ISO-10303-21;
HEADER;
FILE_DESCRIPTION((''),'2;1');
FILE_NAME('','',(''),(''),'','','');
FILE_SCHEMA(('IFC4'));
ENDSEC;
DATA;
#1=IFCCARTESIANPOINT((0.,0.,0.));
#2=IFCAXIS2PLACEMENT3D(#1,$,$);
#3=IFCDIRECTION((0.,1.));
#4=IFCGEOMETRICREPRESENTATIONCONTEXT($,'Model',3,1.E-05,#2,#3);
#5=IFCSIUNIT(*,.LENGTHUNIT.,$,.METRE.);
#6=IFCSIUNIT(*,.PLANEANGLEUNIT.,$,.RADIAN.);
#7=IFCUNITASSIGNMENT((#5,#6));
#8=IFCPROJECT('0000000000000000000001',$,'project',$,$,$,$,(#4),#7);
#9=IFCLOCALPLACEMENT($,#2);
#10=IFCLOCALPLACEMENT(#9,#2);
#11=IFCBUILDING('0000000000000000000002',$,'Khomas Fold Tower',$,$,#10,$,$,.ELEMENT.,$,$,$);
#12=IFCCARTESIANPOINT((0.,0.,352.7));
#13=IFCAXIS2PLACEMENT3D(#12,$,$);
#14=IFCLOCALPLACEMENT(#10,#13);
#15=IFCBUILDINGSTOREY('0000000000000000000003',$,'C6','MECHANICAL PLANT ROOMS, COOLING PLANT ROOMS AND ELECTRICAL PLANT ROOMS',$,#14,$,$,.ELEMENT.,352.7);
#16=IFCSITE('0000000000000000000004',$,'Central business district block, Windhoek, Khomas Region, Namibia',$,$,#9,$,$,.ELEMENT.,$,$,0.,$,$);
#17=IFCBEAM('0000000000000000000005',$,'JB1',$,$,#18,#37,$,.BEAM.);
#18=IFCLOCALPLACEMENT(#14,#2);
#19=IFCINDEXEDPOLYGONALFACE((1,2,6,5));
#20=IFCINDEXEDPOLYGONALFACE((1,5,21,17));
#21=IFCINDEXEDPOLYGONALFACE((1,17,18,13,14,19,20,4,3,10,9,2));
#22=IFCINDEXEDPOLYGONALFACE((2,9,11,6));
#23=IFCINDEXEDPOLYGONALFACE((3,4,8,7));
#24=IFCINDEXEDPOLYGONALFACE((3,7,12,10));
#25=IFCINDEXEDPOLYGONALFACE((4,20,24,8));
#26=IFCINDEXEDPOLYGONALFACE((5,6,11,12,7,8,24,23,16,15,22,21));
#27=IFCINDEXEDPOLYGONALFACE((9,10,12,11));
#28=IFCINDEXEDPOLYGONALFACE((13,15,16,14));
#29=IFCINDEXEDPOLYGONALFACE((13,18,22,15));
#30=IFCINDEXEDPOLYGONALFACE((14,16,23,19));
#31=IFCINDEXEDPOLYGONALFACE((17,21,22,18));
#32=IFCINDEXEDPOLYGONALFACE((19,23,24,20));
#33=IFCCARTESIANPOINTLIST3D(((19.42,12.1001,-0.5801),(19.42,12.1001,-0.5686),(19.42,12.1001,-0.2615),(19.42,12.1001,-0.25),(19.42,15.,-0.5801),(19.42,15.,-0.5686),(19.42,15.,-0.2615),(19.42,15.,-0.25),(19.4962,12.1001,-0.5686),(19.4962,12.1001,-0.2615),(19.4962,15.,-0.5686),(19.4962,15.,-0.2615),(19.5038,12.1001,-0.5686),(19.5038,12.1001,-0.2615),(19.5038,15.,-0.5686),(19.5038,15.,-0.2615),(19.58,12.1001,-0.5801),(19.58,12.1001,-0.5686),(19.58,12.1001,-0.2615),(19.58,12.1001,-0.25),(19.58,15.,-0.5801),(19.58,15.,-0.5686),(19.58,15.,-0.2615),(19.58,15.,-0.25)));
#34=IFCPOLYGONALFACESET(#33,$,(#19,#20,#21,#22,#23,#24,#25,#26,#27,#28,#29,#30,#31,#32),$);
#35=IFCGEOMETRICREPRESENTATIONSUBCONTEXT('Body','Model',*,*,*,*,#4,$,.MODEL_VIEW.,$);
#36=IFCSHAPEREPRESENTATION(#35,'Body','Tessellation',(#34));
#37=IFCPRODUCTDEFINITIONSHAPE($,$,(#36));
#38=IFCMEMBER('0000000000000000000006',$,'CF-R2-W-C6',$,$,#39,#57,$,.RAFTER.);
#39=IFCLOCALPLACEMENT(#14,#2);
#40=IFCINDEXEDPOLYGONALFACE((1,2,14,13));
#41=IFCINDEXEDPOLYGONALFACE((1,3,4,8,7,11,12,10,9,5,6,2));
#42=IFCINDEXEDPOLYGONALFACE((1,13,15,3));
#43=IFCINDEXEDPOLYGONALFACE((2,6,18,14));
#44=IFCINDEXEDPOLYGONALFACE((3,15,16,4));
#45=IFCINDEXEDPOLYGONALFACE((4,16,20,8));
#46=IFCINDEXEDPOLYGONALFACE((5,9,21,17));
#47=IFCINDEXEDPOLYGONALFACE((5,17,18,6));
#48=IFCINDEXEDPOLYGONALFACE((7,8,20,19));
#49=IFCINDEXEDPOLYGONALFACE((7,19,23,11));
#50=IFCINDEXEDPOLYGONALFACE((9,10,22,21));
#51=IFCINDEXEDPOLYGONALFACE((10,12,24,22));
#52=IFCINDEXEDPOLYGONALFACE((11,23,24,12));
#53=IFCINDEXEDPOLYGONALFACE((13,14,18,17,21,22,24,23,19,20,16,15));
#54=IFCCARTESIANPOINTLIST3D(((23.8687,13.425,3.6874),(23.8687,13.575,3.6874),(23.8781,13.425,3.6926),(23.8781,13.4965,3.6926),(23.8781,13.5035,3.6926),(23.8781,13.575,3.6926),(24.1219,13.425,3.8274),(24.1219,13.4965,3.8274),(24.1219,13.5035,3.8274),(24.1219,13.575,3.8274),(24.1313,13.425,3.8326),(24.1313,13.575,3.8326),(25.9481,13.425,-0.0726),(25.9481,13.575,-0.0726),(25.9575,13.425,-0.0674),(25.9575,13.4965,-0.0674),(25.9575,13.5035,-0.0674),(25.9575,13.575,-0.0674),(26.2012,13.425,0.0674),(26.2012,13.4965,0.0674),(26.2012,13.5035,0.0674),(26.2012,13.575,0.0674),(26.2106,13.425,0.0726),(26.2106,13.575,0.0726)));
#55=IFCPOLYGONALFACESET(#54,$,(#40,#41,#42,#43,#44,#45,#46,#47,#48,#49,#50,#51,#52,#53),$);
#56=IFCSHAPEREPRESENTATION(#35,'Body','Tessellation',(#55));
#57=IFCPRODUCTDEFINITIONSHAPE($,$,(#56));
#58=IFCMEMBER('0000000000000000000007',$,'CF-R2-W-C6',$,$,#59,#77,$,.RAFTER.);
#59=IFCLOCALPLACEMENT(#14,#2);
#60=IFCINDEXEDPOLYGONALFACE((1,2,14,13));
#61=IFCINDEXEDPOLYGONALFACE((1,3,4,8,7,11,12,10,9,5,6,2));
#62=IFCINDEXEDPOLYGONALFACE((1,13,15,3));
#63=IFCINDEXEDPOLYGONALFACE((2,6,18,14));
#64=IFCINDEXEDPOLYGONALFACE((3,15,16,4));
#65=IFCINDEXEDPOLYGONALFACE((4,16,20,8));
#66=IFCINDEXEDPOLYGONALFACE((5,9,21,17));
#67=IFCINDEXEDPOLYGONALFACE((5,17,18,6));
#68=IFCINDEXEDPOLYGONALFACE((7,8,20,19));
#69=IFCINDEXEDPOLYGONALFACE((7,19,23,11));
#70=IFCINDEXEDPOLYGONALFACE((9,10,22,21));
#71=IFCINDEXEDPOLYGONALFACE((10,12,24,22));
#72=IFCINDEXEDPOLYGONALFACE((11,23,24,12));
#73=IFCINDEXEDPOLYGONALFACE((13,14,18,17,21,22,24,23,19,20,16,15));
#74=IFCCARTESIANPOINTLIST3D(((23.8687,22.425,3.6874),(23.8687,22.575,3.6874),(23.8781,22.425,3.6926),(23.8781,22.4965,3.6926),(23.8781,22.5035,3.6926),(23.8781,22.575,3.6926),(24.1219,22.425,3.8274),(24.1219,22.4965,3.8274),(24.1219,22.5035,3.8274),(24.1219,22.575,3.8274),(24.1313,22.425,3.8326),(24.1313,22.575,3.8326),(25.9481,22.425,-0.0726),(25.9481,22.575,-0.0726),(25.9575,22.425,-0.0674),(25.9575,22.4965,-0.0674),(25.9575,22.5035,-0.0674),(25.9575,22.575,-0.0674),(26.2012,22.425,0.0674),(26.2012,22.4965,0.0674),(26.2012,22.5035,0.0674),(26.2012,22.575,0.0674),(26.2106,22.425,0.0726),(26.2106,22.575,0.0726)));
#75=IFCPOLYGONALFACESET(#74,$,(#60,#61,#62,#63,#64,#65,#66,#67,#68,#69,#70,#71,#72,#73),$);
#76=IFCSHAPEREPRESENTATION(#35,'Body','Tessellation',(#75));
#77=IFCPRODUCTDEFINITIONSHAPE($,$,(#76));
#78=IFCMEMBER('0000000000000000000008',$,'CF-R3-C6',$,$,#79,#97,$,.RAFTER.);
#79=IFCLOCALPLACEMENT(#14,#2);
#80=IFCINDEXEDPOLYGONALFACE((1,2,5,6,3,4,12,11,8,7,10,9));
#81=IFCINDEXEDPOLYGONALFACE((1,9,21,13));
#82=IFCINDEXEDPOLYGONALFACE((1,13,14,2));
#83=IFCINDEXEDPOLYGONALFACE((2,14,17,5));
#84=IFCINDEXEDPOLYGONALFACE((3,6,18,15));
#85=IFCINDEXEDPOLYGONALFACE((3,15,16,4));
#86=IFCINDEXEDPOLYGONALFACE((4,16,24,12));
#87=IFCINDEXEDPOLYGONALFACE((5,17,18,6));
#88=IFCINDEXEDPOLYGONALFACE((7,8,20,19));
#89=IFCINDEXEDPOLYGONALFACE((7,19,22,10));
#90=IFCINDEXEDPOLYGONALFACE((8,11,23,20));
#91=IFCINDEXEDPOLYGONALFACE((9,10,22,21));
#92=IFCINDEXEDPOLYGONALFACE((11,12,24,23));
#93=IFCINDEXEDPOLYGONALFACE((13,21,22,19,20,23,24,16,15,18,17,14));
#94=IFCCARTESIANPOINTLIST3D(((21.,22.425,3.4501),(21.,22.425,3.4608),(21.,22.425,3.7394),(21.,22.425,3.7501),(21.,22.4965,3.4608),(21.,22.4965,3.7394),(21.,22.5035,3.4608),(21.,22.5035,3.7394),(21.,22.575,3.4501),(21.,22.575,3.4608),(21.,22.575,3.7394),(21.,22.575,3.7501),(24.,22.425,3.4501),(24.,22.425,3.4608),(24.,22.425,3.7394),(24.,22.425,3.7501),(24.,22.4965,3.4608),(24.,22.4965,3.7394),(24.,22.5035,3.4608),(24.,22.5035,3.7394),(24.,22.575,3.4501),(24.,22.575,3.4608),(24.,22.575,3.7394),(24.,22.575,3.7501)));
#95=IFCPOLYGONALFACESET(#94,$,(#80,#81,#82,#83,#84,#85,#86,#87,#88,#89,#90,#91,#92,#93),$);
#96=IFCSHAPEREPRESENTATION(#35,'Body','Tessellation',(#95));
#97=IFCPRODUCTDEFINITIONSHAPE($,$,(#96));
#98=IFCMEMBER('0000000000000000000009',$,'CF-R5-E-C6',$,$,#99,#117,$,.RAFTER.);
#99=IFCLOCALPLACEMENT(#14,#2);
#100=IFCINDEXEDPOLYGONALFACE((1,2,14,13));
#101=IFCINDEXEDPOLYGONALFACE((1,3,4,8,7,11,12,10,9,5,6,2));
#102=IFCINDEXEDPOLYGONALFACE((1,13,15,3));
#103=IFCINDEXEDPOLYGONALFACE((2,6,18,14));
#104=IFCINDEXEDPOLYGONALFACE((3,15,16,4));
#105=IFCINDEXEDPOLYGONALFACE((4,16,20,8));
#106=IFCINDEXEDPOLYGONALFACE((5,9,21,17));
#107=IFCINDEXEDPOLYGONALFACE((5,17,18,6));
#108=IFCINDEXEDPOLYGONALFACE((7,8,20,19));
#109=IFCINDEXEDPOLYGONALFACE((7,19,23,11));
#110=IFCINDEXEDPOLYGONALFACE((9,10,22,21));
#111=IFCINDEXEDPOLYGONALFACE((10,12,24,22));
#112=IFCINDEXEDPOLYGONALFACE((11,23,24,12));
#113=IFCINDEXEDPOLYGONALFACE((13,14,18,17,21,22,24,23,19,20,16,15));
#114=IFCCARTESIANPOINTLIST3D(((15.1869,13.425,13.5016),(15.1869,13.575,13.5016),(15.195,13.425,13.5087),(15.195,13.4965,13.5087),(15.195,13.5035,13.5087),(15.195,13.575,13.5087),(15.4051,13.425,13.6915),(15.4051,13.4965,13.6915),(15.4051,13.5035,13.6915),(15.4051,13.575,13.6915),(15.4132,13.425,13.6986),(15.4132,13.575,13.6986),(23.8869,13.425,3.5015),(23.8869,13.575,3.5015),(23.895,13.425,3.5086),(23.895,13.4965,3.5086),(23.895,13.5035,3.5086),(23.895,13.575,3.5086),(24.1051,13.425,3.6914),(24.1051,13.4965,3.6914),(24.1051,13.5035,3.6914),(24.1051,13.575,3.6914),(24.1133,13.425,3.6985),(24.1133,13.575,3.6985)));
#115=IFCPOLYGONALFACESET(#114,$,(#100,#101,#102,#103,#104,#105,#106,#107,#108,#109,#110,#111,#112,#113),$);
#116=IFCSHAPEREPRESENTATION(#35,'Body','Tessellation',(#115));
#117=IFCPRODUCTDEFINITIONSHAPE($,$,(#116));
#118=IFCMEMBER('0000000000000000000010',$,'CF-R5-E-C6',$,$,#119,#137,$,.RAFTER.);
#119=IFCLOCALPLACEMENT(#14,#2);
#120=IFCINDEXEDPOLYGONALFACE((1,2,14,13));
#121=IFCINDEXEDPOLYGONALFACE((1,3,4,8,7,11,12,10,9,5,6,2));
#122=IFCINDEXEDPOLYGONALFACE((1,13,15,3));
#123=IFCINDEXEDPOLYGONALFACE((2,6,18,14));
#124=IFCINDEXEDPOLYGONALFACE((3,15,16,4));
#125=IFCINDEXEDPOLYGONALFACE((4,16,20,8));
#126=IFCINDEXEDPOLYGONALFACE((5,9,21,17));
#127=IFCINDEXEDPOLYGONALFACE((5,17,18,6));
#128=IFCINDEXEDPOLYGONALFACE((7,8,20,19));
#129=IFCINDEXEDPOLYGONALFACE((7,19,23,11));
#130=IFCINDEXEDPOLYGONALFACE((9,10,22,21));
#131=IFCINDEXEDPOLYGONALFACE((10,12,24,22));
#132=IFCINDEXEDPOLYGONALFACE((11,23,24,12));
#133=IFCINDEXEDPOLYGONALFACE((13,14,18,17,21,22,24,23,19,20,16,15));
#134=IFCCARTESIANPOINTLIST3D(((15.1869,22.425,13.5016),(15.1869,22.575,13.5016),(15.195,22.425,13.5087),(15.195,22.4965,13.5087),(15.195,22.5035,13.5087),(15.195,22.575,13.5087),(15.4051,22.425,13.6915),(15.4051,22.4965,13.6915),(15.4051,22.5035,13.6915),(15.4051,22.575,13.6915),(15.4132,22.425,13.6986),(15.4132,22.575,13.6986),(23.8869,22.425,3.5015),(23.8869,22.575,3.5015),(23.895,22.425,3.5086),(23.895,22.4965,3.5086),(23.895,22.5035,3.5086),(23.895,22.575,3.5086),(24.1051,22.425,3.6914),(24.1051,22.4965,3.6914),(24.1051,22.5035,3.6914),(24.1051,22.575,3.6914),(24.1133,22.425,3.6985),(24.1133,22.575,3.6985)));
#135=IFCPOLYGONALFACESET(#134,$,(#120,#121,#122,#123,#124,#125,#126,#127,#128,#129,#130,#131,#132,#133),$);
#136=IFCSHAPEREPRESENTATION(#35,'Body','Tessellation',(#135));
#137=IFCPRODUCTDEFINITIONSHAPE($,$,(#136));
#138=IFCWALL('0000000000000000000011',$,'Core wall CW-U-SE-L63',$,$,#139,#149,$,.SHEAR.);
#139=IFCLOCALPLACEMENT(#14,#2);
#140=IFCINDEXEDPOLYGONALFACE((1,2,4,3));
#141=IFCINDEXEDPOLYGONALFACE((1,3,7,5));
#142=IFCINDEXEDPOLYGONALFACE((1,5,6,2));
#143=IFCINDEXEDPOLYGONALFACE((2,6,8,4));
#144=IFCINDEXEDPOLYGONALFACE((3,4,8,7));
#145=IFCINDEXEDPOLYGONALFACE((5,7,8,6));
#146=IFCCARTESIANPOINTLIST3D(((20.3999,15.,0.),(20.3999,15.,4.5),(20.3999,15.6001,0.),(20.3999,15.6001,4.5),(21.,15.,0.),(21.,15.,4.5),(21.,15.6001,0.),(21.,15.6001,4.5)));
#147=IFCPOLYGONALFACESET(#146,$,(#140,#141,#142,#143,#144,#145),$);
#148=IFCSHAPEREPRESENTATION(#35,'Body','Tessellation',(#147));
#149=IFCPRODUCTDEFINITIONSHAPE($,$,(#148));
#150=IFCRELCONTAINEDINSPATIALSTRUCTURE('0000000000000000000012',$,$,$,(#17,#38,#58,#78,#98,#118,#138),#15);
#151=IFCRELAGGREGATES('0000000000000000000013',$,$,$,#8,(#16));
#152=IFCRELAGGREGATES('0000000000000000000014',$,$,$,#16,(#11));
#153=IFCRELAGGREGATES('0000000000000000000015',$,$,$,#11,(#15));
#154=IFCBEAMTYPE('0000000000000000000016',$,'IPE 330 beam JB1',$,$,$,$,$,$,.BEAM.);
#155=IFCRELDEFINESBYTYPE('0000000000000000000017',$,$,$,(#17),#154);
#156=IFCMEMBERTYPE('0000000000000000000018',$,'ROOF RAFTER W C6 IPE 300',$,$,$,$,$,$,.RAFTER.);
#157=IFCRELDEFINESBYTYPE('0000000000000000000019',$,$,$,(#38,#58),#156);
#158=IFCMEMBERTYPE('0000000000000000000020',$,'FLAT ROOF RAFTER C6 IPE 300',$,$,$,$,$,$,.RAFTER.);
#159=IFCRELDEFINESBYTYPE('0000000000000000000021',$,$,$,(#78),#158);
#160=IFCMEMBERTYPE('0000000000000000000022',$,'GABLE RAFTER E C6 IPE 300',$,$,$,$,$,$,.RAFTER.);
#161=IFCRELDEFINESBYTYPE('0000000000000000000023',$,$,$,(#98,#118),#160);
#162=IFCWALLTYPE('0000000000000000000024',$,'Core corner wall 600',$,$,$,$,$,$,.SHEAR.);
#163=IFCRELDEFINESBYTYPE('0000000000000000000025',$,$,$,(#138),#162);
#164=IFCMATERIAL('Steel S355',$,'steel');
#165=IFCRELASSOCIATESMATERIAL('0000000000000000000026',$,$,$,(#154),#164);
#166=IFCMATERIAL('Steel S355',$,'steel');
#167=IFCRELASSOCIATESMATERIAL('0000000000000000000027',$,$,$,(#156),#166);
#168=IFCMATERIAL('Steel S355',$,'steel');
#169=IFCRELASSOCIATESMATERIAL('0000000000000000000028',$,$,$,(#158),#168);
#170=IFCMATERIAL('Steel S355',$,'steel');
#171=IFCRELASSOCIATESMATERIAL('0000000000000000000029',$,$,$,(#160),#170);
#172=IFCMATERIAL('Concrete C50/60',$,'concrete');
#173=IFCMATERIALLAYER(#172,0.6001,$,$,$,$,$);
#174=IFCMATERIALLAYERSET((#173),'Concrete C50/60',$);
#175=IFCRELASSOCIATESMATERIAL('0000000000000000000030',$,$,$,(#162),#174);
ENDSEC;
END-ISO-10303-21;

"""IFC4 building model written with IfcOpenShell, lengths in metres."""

from ifc_helpers import new_model, si_unit, direction, frame, frame_2d, origin, origin_2d, place, context, subcontext, project, spatial, rectangle, i_section, extrude, source, transform, mapped, material, layer, layer_set, material_profile, profile_set, type_object, element, save


model = new_model("IFC4")

# Units and contexts
model_context = context("Model", 3, precision=1e-05, world=origin(), true_north=direction((0.0, 1.0)))
body_context = subcontext(model_context, "Body", "Model", "MODEL_VIEW")
ifc_project = project(units=[si_unit("LENGTHUNIT", "METRE"), si_unit("PLANEANGLEUNIT", "RADIAN")], contexts=[model_context])

# Site, building, storey
site_placement = place(None, origin())
site = spatial("IfcSite", under=ifc_project, at=site_placement, Name="Central business district block, Windhoek, Khomas Region, Namibia", CompositionType="ELEMENT", RefElevation=0.0)
building_placement = place(site_placement, origin())
building = spatial("IfcBuilding", under=site, at=building_placement, Name="Khomas Fold Tower", CompositionType="ELEMENT")
storey_placement = place(building_placement, frame((0.0, 0.0, 352.7)))
storey = spatial("IfcBuildingStorey", under=building, at=storey_placement, Name="C6", Description="MECHANICAL PLANT ROOMS, COOLING PLANT ROOMS AND ELECTRICAL PLANT ROOMS", CompositionType="ELEMENT", Elevation=352.7)

# Beam
ifc_material_1 = material(Name="Steel S355", Category="steel")
ifc_material_profile_1 = material_profile(ifc_material_1, i_section(OverallWidth=0.1599, OverallDepth=0.3301, WebThickness=0.0076, FlangeThickness=0.0115, at=origin_2d()), Name="IPE 330")
ifc_profile_set_1 = profile_set([ifc_material_profile_1], Name="Steel S355")
beam_type = type_object("IfcBeamType", Name="IPE 330 beam JB1", PredefinedType="BEAM", material=ifc_profile_set_1)
shared_shape_1 = source(origin(), body_context, "Body", "SweptSolid", [
    extrude(i_section(OverallWidth=0.1599, OverallDepth=0.3301, WebThickness=0.0076, FlangeThickness=0.0115, at=origin_2d()), origin(), (0.0, 0.0, 1.0), 2.8999),
])
beam_placement = place(storey_placement, frame((19.5, 12.1001, -0.415), z_axis=(0.0, 1.0, 0.0), x_axis=(-1.0, 0.0, 0.0)))
element("IfcBeam", 1, at=beam_placement, inside=storey, type_object=beam_type, Name="JB1", PredefinedType="BEAM", context=body_context, shape_type="MappedRepresentation", body=[
    mapped(shared_shape_1, transform((0.0, 0.0, 0.0))),
])

# Members
ifc_material_2 = material(Name="Steel S355", Category="steel")
ifc_material_profile_2 = material_profile(ifc_material_2, i_section(OverallWidth=0.1499, OverallDepth=0.3, WebThickness=0.0071, FlangeThickness=0.0107, at=origin_2d()), Name="IPE 300")
ifc_profile_set_2 = profile_set([ifc_material_profile_2], Name="Steel S355")
member_type_1 = type_object("IfcMemberType", Name="ROOF RAFTER W C6 IPE 300", PredefinedType="RAFTER", material=ifc_profile_set_2)
shared_shape_2 = source(origin(), body_context, "Body", "SweptSolid", [
    extrude(i_section(OverallWidth=0.1499, OverallDepth=0.3, WebThickness=0.0071, FlangeThickness=0.0107, at=origin_2d()), origin(), (0.0, 0.0, 1.0), 4.2966),
])
for number, where, z_axis, x_axis, name in (
    (2, (26.0793, 13.5, 0.0), (-0.483944, 0.0, 0.875099), (0.0, -1.0, 0.0), "CF-R2-W-C6"),
    (3, (26.0793, 22.5, 0.0), (-0.483944, 0.0, 0.875099), (0.0, -1.0, 0.0), "CF-R2-W-C6"),
):
    element("IfcMember", number, at=place(storey_placement, frame(where, z_axis=z_axis, x_axis=x_axis)), inside=storey, type_object=member_type_1, Name=name, PredefinedType="RAFTER", context=body_context, shape_type="MappedRepresentation", body=[
        mapped(shared_shape_2, transform((0.0, 0.0, 0.0))),
    ])
ifc_material_3 = material(Name="Steel S355", Category="steel")
ifc_material_profile_3 = material_profile(ifc_material_3, i_section(OverallWidth=0.1499, OverallDepth=0.3, WebThickness=0.0071, FlangeThickness=0.0107, at=origin_2d()), Name="IPE 300")
ifc_profile_set_3 = profile_set([ifc_material_profile_3], Name="Steel S355")
member_type_2 = type_object("IfcMemberType", Name="FLAT ROOF RAFTER C6 IPE 300", PredefinedType="RAFTER", material=ifc_profile_set_3)
shared_shape_3 = source(origin(), body_context, "Body", "SweptSolid", [
    extrude(i_section(OverallWidth=0.1499, OverallDepth=0.3, WebThickness=0.0071, FlangeThickness=0.0107, at=origin_2d()), origin(), (0.0, 0.0, 1.0), 3.0),
])
member_1_placement = place(storey_placement, frame((21.0, 22.5, 3.6001), z_axis=(1.0, 0.0, 0.0), x_axis=(0.0, 1.0, 0.0)))
element("IfcMember", 4, at=member_1_placement, inside=storey, type_object=member_type_2, Name="CF-R3-C6", PredefinedType="RAFTER", context=body_context, shape_type="MappedRepresentation", body=[
    mapped(shared_shape_3, transform((0.0, 0.0, 0.0))),
])
ifc_material_4 = material(Name="Steel S355", Category="steel")
ifc_material_profile_4 = material_profile(ifc_material_4, i_section(OverallWidth=0.1499, OverallDepth=0.3, WebThickness=0.0071, FlangeThickness=0.0107, at=origin_2d()), Name="IPE 300")
ifc_profile_set_4 = profile_set([ifc_material_profile_4], Name="Steel S355")
member_type_3 = type_object("IfcMemberType", Name="GABLE RAFTER E C6 IPE 300", PredefinedType="RAFTER", material=ifc_profile_set_4)
shared_shape_4 = source(origin(), body_context, "Body", "SweptSolid", [
    extrude(i_section(OverallWidth=0.1499, OverallDepth=0.3, WebThickness=0.0071, FlangeThickness=0.0107, at=origin_2d()), origin(), (0.0, 0.0, 1.0), 13.2549),
])
for number, where, z_axis, x_axis, name in (
    (5, (15.3, 13.5, 13.6001), (0.656363, 0.0, -0.754445), (0.0, 1.0, 0.0), "CF-R5-E-C6"),
    (6, (15.3, 22.5, 13.6001), (0.656363, 0.0, -0.754445), (0.0, 1.0, 0.0), "CF-R5-E-C6"),
):
    element("IfcMember", number, at=place(storey_placement, frame(where, z_axis=z_axis, x_axis=x_axis)), inside=storey, type_object=member_type_3, Name=name, PredefinedType="RAFTER", context=body_context, shape_type="MappedRepresentation", body=[
        mapped(shared_shape_4, transform((0.0, 0.0, 0.0))),
    ])

# Wall
ifc_material_5 = material(Name="Concrete C50/60", Category="concrete")
ifc_layer_1 = layer(ifc_material_5, 0.6001)
ifc_layer_set_1 = layer_set([ifc_layer_1], Name="Concrete C50/60")
wall_type_1 = type_object("IfcWallType", Name="Core corner wall 600", PredefinedType="SHEAR", material=ifc_layer_set_1)
shared_shape_5 = source(origin(), body_context, "Body", "SweptSolid", [
    extrude(rectangle(XDim=0.6001, YDim=0.6001, at=frame_2d((0.3, 0.0))), origin(), (0.0, 0.0, 1.0), 4.5),
])
wall_1_placement = place(storey_placement, frame((20.3999, 15.3, 0.0), z_axis=(0.0, 0.0, 1.0), x_axis=(1.0, 0.0, 0.0)))
element("IfcWall", 7, at=wall_1_placement, inside=storey, type_object=wall_type_1, Name="Core wall CW-U-SE-L63", PredefinedType="SHEAR", context=body_context, shape_type="MappedRepresentation", body=[
    mapped(shared_shape_5, transform((0.0, 0.0, 0.0))),
])

save(model, "model.ifc")
